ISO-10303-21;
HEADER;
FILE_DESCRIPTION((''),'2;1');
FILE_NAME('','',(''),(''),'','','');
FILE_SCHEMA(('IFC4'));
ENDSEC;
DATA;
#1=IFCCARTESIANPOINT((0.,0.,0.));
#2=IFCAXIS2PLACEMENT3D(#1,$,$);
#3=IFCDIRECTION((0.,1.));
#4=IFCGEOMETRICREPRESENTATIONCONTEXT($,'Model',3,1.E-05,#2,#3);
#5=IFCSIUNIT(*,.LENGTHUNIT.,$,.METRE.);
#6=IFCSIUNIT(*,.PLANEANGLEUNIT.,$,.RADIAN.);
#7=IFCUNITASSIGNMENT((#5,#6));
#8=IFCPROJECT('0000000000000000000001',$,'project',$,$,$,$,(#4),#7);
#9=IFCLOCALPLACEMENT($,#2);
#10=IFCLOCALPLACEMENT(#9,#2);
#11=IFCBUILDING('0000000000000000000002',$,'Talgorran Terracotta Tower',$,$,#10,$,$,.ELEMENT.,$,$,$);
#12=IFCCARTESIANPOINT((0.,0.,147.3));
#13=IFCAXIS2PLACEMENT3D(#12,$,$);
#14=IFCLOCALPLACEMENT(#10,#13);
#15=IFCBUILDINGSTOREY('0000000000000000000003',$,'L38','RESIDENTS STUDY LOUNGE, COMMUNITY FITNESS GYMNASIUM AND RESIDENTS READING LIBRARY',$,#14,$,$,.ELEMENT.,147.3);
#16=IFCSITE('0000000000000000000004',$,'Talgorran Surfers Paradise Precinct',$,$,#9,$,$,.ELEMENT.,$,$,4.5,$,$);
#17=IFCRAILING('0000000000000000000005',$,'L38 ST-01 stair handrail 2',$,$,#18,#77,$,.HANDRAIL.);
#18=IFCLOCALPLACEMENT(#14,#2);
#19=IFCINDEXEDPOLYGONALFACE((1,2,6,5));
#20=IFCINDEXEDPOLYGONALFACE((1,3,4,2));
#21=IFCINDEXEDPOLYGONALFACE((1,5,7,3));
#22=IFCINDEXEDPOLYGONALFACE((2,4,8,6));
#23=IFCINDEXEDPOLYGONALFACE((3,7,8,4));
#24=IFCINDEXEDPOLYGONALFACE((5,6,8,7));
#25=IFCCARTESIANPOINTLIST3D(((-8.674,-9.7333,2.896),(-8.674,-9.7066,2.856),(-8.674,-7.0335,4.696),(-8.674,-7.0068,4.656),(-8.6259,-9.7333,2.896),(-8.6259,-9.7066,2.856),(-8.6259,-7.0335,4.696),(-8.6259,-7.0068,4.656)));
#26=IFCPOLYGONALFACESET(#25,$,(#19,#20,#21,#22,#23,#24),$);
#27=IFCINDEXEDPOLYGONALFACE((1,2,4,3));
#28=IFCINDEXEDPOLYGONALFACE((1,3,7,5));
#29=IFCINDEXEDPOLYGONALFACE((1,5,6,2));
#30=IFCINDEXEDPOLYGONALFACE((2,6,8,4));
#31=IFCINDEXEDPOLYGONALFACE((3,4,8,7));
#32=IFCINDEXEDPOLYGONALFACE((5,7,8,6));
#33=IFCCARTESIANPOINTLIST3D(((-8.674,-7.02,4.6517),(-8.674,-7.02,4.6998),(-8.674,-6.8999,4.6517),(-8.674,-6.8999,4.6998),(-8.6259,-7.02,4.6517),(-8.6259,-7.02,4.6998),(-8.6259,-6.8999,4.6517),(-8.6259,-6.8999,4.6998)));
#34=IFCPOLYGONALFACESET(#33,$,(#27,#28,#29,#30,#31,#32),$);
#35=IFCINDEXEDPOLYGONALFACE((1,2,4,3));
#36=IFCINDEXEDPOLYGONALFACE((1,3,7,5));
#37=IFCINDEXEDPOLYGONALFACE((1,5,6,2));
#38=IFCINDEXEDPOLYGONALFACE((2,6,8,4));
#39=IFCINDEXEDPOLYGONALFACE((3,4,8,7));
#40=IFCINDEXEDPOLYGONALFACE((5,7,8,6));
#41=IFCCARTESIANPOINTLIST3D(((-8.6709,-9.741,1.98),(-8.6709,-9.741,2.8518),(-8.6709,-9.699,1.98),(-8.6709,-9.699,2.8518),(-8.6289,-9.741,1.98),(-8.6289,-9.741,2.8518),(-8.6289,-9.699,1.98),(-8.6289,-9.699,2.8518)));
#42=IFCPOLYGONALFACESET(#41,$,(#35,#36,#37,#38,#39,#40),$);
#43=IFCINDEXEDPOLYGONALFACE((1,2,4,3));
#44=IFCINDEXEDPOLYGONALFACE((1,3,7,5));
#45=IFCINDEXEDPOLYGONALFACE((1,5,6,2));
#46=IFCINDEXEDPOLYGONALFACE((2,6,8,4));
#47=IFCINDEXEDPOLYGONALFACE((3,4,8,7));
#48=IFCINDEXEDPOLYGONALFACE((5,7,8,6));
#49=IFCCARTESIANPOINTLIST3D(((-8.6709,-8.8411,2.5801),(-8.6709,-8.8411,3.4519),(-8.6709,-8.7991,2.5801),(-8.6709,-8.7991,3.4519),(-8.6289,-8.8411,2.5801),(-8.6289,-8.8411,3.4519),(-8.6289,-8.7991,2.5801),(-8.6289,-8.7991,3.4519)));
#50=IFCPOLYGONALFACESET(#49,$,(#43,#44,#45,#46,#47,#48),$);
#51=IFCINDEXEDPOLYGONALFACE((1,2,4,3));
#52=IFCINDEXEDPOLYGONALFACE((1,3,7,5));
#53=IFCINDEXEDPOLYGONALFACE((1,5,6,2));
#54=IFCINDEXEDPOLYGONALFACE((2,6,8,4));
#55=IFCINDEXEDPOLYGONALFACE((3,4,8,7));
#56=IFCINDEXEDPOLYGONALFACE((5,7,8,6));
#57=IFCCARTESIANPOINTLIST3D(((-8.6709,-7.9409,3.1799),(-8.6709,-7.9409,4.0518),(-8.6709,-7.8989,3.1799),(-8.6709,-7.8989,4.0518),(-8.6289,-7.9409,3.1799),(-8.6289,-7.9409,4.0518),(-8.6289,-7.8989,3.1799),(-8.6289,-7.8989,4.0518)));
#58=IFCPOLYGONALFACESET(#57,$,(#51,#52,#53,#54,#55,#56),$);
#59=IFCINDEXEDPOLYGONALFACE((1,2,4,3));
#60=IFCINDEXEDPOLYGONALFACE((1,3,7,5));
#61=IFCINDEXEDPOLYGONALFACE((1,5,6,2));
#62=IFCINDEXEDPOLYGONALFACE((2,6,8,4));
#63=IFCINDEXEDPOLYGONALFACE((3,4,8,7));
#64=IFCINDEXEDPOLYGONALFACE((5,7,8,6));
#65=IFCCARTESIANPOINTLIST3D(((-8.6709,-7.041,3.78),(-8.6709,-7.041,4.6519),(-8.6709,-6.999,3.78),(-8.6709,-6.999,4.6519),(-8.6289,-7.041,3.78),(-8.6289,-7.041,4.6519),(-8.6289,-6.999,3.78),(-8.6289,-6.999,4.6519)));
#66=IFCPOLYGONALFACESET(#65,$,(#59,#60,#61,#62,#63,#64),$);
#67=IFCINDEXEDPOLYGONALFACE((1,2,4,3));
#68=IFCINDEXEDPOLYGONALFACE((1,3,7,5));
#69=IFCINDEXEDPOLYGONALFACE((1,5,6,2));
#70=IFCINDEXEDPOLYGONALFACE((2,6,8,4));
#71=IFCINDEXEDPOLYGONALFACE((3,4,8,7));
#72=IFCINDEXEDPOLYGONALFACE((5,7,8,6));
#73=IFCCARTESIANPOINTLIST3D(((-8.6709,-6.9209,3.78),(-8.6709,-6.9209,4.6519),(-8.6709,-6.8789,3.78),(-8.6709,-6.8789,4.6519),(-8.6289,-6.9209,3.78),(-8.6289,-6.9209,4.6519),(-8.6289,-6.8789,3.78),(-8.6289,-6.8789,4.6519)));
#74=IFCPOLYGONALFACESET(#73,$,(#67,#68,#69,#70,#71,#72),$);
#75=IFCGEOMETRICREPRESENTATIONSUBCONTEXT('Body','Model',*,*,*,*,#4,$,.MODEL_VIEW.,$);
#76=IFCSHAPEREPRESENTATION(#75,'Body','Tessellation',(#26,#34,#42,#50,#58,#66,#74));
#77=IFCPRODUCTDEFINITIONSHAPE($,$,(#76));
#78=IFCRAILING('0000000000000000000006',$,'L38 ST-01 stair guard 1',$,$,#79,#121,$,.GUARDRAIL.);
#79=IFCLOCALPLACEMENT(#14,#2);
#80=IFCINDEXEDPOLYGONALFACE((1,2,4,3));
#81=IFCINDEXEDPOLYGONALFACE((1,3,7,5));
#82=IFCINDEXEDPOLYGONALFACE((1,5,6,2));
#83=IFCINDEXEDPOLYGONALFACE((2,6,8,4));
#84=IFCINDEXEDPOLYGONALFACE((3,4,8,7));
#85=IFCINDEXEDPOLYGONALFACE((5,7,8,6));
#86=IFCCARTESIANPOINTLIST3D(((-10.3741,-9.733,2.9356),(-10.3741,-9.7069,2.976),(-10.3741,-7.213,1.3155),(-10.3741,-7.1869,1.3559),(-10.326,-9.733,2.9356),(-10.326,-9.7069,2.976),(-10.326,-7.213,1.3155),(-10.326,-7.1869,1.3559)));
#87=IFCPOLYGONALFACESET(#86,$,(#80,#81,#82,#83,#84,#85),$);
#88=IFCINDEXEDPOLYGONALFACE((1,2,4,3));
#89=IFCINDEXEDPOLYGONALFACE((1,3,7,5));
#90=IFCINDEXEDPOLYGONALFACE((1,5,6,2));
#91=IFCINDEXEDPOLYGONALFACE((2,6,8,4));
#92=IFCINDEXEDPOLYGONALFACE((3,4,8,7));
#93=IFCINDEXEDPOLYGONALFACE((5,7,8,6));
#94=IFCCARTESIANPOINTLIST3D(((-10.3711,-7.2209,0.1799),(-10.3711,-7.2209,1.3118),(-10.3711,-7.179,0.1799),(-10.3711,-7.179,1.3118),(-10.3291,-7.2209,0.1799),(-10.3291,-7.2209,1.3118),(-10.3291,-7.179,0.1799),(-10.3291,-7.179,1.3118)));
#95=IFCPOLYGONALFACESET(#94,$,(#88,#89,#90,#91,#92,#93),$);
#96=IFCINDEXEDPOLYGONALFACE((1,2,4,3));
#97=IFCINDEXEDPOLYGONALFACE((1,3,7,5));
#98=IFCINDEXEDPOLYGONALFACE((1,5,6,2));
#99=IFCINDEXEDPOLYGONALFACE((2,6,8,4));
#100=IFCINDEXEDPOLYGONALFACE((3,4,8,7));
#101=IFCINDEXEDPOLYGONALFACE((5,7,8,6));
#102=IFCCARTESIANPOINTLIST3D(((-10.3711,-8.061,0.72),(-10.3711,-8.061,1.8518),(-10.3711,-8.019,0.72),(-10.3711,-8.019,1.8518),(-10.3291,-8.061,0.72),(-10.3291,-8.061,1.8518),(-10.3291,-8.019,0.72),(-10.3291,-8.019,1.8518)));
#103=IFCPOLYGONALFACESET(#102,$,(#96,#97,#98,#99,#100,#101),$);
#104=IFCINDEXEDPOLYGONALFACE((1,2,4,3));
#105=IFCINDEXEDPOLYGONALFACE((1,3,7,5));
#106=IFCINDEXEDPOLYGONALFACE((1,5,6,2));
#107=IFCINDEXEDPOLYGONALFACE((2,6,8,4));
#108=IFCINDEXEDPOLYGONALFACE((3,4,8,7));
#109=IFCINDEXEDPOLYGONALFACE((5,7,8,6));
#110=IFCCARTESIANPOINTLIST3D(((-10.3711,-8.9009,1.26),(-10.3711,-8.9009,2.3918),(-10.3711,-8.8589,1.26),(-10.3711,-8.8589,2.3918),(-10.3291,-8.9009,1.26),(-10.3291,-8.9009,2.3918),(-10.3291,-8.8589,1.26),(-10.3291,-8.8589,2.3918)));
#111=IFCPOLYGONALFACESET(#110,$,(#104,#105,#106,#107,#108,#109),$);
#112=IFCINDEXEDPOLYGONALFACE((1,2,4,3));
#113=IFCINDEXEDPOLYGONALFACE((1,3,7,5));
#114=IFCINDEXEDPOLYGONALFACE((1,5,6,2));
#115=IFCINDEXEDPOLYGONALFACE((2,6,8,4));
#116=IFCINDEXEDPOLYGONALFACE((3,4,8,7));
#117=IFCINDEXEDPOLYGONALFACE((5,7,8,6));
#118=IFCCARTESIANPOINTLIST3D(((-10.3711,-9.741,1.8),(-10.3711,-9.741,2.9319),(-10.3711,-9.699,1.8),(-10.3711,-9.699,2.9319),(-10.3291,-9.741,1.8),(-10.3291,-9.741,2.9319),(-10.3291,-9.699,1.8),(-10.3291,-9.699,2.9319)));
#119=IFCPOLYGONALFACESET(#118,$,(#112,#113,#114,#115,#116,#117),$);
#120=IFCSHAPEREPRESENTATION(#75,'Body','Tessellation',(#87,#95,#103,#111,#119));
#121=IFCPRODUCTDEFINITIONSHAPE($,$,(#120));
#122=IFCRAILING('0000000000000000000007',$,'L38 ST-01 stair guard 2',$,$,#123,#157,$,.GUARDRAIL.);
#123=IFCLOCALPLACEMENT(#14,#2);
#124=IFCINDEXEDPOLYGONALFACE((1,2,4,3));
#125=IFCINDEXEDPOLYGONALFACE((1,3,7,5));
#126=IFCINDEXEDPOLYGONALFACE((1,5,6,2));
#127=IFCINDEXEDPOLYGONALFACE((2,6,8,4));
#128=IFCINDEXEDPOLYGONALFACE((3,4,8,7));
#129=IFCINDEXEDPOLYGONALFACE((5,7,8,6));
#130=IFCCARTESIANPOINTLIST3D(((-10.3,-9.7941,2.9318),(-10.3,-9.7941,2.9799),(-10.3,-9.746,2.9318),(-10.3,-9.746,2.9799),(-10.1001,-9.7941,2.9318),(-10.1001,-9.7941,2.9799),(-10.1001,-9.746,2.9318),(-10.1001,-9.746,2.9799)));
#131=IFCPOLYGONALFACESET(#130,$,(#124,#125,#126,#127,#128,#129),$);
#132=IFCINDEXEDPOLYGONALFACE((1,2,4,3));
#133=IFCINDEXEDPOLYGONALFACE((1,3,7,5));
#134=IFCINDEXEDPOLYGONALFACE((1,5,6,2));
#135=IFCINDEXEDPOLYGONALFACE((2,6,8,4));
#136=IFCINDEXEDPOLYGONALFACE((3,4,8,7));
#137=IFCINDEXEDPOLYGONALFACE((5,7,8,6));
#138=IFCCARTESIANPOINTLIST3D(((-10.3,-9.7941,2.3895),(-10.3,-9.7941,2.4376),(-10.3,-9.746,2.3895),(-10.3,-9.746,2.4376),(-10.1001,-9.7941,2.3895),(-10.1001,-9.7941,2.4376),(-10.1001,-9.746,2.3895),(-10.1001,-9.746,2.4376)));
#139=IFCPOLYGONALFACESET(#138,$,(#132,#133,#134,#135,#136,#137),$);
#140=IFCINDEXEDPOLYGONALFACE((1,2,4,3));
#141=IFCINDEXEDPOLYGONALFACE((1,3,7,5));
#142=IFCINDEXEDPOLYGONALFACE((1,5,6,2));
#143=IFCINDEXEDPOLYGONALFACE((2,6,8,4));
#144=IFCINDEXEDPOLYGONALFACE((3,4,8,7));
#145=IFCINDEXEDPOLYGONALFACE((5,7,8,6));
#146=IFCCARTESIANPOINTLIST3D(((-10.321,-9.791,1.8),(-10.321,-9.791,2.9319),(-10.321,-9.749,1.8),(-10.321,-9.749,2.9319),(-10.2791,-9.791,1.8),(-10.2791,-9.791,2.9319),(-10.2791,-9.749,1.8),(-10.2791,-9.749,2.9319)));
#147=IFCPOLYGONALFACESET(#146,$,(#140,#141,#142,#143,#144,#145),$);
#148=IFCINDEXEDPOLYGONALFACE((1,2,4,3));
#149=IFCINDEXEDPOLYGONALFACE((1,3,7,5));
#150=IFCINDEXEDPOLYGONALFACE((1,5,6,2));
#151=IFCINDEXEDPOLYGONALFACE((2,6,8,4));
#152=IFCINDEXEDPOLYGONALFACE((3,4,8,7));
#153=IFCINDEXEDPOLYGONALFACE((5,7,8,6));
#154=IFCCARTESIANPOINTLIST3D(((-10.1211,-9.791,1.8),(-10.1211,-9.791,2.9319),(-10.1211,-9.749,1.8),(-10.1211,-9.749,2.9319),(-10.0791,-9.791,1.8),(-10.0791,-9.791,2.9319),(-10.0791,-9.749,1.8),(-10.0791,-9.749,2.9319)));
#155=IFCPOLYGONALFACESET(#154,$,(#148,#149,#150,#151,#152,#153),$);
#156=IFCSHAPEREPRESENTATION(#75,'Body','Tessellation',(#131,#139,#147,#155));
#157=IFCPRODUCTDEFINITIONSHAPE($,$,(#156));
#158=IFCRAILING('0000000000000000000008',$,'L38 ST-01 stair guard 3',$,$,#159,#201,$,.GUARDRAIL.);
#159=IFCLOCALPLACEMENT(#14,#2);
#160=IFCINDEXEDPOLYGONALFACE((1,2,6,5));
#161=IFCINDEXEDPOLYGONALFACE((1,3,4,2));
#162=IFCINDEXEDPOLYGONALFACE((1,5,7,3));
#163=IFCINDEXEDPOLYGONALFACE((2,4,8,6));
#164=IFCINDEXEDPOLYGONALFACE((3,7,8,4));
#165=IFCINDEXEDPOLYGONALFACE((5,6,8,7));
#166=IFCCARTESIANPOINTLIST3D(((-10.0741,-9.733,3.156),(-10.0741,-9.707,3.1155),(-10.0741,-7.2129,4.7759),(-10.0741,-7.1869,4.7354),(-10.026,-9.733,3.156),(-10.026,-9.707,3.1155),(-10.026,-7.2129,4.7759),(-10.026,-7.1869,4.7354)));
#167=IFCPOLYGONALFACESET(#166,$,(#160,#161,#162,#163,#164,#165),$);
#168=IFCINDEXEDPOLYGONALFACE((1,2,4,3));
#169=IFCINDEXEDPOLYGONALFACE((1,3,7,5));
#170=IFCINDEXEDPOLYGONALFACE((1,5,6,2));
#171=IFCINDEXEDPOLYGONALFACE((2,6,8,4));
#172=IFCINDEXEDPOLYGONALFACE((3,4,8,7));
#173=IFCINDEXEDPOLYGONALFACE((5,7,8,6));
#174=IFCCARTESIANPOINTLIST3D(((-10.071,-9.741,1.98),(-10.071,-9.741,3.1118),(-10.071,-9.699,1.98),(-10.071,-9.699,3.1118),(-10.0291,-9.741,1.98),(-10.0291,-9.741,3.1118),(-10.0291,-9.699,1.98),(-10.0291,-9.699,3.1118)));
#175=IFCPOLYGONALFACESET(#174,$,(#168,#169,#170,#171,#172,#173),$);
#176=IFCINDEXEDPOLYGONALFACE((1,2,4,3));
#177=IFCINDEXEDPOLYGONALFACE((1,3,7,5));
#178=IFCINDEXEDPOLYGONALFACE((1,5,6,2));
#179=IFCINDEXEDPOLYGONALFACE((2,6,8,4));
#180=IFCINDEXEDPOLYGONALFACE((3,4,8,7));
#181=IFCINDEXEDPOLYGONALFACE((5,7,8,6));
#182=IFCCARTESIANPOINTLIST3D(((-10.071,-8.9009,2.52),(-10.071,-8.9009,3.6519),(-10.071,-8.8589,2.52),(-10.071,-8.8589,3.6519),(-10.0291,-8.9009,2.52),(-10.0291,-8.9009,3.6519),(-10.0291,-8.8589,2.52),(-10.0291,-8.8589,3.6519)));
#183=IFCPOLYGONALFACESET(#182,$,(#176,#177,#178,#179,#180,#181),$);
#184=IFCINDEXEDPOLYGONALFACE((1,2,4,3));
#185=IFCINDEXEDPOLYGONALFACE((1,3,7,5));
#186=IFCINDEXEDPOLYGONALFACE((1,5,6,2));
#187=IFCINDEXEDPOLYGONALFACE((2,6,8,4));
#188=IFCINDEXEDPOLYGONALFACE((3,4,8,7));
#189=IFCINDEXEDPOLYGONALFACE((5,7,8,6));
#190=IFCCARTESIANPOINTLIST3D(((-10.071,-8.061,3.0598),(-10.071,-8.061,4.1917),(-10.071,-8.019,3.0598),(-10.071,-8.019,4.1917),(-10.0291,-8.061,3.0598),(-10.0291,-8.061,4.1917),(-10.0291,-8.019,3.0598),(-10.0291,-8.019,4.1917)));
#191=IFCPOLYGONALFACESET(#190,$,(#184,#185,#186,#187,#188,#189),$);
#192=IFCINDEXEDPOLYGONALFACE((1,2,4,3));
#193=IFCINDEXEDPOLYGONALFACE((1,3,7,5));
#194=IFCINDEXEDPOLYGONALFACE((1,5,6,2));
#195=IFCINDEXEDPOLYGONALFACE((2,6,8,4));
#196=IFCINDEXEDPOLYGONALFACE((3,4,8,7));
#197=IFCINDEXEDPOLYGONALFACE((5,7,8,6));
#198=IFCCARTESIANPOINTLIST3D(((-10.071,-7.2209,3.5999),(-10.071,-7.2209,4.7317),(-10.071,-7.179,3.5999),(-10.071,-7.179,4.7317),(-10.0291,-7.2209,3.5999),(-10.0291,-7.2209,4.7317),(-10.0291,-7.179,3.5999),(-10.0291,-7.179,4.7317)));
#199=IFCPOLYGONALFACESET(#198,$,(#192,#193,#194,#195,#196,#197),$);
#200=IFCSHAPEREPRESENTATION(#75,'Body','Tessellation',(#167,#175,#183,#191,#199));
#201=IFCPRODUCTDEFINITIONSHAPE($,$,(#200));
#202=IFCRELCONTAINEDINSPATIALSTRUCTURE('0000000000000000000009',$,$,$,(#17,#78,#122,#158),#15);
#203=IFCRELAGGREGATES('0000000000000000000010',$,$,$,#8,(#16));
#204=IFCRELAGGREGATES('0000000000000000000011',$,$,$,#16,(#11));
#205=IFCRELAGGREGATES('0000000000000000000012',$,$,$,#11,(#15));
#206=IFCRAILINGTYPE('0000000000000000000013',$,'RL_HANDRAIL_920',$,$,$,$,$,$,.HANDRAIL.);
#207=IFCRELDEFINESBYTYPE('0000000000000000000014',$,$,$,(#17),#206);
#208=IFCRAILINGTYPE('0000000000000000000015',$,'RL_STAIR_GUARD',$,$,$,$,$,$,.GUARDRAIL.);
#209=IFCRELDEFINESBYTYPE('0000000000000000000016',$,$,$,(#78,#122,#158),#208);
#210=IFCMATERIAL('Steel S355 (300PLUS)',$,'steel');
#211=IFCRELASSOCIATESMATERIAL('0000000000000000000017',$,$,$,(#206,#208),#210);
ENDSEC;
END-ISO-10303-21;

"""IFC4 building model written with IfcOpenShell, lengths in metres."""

from ifc_helpers import new_model, si_unit, direction, frame, origin, origin_2d, place, context, subcontext, project, spatial, rectangle, extrude, material, type_object, element, save


model = new_model("IFC4")

# Units and contexts
model_context = context("Model", 3, precision=1e-05, world=origin(), true_north=direction((0.0, 1.0)))
body_context = subcontext(model_context, "Body", "Model", "MODEL_VIEW")
ifc_project = project(units=[si_unit("LENGTHUNIT", "METRE"), si_unit("PLANEANGLEUNIT", "RADIAN")], contexts=[model_context])

# Site, building, storey
site_placement = place(None, origin())
site = spatial("IfcSite", under=ifc_project, at=site_placement, Name="Talgorran Surfers Paradise Precinct", CompositionType="ELEMENT", RefElevation=4.5)
building_placement = place(site_placement, origin())
building = spatial("IfcBuilding", under=site, at=building_placement, Name="Talgorran Terracotta Tower", CompositionType="ELEMENT")
storey_placement = place(building_placement, frame((0.0, 0.0, 147.3)))
storey = spatial("IfcBuildingStorey", under=building, at=storey_placement, Name="L38", Description="RESIDENTS STUDY LOUNGE, COMMUNITY FITNESS GYMNASIUM AND RESIDENTS READING LIBRARY", CompositionType="ELEMENT", Elevation=147.3)

# Railings
ifc_material_1 = material(Name="Steel S355 (300PLUS)", Category="steel")
railing_type_1 = type_object("IfcRailingType", Name="RL_HANDRAIL_920", PredefinedType="HANDRAIL", material=ifc_material_1)
railing_1_placement = place(storey_placement, frame((-8.6499, -9.72, 1.98)))
element("IfcRailing", 1, at=railing_1_placement, inside=storey, type_object=railing_type_1, Name="L38 ST-01 stair handrail 2", PredefinedType="HANDRAIL", context=body_context, shape_type="SweptSolid", body=[
    extrude(rectangle(XDim=0.0481, YDim=0.0481, at=origin_2d()), frame((0.0, 0.0, 0.896), z_axis=(0.0, 0.832039, 0.554718), x_axis=(-1.0, 0.0, 0.0)), (0.0, 0.0, 1.0), 3.2449),
    extrude(rectangle(XDim=0.0481, YDim=0.0481, at=origin_2d()), frame((0.0, 2.7, 2.6958), z_axis=(0.0, 1.0, 0.0), x_axis=(-1.0, 0.0, 0.0)), (0.0, 0.0, 1.0), 0.1201),
    extrude(rectangle(XDim=0.042, YDim=0.042, at=origin_2d()), origin(), (0.0, 0.0, 1.0), 0.8718),
    extrude(rectangle(XDim=0.042, YDim=0.042, at=origin_2d()), frame((0.0, 0.8999, 0.6001)), (0.0, 0.0, 1.0), 0.8718),
    extrude(rectangle(XDim=0.042, YDim=0.042, at=origin_2d()), frame((0.0, 1.8, 1.2)), (0.0, 0.0, 1.0), 0.8718),
    extrude(rectangle(XDim=0.042, YDim=0.042, at=origin_2d()), frame((0.0, 2.7, 1.8)), (0.0, 0.0, 1.0), 0.8718),
    extrude(rectangle(XDim=0.042, YDim=0.042, at=origin_2d()), frame((0.0, 2.8201, 1.8)), (0.0, 0.0, 1.0), 0.8718),
])
railing_type_2 = type_object("IfcRailingType", Name="RL_STAIR_GUARD", PredefinedType="GUARDRAIL", material=ifc_material_1)
railing_2_placement = place(storey_placement, frame((-10.3501, -7.2, 0.1799)))
element("IfcRailing", 2, at=railing_2_placement, inside=storey, type_object=railing_type_2, Name="L38 ST-01 stair guard 1", PredefinedType="GUARDRAIL", context=body_context, shape_type="SweptSolid", body=[
    extrude(rectangle(XDim=0.0481, YDim=0.0481, at=origin_2d()), frame((0.0, 0.0, 1.1558), z_axis=(0.0, -0.841163, 0.540782), x_axis=(1.0, 0.0, 0.0)), (0.0, 0.0, 1.0), 2.9958),
    extrude(rectangle(XDim=0.042, YDim=0.042, at=origin_2d()), origin(), (0.0, 0.0, 1.0), 1.1318),
    extrude(rectangle(XDim=0.042, YDim=0.042, at=origin_2d()), frame((0.0, -0.8401, 0.54)), (0.0, 0.0, 1.0), 1.1318),
    extrude(rectangle(XDim=0.042, YDim=0.042, at=origin_2d()), frame((0.0, -1.6799, 1.0801)), (0.0, 0.0, 1.0), 1.1318),
    extrude(rectangle(XDim=0.042, YDim=0.042, at=origin_2d()), frame((0.0, -2.52, 1.6201)), (0.0, 0.0, 1.0), 1.1318),
])
railing_3_placement = place(storey_placement, frame((-10.3, -9.77, 1.8)))
element("IfcRailing", 3, at=railing_3_placement, inside=storey, type_object=railing_type_2, Name="L38 ST-01 stair guard 2", PredefinedType="GUARDRAIL", context=body_context, shape_type="SweptSolid", body=[
    extrude(rectangle(XDim=0.0481, YDim=0.0481, at=origin_2d()), frame((0.0, 0.0, 1.1558), z_axis=(1.0, 0.0, 0.0), x_axis=(0.0, 1.0, 0.0)), (0.0, 0.0, 1.0), 0.2),
    extrude(rectangle(XDim=0.0481, YDim=0.0481, at=origin_2d()), frame((0.0, 0.0, 0.6135), z_axis=(1.0, 0.0, 0.0), x_axis=(0.0, 1.0, 0.0)), (0.0, 0.0, 1.0), 0.2),
    extrude(rectangle(XDim=0.042, YDim=0.042, at=origin_2d()), origin(), (0.0, 0.0, 1.0), 1.1318),
    extrude(rectangle(XDim=0.042, YDim=0.042, at=origin_2d()), frame((0.2, 0.0, 0.0)), (0.0, 0.0, 1.0), 1.1318),
])
railing_4_placement = place(storey_placement, frame((-10.05, -9.72, 1.98)))
element("IfcRailing", 4, at=railing_4_placement, inside=storey, type_object=railing_type_2, Name="L38 ST-01 stair guard 3", PredefinedType="GUARDRAIL", context=body_context, shape_type="SweptSolid", body=[
    extrude(rectangle(XDim=0.0481, YDim=0.0481, at=origin_2d()), frame((0.0, 0.0, 1.1558), z_axis=(0.0, 0.8412, 0.540725), x_axis=(-1.0, 0.0, 0.0)), (0.0, 0.0, 1.0), 2.9958),
    extrude(rectangle(XDim=0.042, YDim=0.042, at=origin_2d()), origin(), (0.0, 0.0, 1.0), 1.1318),
    extrude(rectangle(XDim=0.042, YDim=0.042, at=origin_2d()), frame((0.0, 0.8401, 0.54)), (0.0, 0.0, 1.0), 1.1318),
    extrude(rectangle(XDim=0.042, YDim=0.042, at=origin_2d()), frame((0.0, 1.6799, 1.0798)), (0.0, 0.0, 1.0), 1.1318),
    extrude(rectangle(XDim=0.042, YDim=0.042, at=origin_2d()), frame((0.0, 2.52, 1.6199)), (0.0, 0.0, 1.0), 1.1318),
])

save(model, "model.ifc")
